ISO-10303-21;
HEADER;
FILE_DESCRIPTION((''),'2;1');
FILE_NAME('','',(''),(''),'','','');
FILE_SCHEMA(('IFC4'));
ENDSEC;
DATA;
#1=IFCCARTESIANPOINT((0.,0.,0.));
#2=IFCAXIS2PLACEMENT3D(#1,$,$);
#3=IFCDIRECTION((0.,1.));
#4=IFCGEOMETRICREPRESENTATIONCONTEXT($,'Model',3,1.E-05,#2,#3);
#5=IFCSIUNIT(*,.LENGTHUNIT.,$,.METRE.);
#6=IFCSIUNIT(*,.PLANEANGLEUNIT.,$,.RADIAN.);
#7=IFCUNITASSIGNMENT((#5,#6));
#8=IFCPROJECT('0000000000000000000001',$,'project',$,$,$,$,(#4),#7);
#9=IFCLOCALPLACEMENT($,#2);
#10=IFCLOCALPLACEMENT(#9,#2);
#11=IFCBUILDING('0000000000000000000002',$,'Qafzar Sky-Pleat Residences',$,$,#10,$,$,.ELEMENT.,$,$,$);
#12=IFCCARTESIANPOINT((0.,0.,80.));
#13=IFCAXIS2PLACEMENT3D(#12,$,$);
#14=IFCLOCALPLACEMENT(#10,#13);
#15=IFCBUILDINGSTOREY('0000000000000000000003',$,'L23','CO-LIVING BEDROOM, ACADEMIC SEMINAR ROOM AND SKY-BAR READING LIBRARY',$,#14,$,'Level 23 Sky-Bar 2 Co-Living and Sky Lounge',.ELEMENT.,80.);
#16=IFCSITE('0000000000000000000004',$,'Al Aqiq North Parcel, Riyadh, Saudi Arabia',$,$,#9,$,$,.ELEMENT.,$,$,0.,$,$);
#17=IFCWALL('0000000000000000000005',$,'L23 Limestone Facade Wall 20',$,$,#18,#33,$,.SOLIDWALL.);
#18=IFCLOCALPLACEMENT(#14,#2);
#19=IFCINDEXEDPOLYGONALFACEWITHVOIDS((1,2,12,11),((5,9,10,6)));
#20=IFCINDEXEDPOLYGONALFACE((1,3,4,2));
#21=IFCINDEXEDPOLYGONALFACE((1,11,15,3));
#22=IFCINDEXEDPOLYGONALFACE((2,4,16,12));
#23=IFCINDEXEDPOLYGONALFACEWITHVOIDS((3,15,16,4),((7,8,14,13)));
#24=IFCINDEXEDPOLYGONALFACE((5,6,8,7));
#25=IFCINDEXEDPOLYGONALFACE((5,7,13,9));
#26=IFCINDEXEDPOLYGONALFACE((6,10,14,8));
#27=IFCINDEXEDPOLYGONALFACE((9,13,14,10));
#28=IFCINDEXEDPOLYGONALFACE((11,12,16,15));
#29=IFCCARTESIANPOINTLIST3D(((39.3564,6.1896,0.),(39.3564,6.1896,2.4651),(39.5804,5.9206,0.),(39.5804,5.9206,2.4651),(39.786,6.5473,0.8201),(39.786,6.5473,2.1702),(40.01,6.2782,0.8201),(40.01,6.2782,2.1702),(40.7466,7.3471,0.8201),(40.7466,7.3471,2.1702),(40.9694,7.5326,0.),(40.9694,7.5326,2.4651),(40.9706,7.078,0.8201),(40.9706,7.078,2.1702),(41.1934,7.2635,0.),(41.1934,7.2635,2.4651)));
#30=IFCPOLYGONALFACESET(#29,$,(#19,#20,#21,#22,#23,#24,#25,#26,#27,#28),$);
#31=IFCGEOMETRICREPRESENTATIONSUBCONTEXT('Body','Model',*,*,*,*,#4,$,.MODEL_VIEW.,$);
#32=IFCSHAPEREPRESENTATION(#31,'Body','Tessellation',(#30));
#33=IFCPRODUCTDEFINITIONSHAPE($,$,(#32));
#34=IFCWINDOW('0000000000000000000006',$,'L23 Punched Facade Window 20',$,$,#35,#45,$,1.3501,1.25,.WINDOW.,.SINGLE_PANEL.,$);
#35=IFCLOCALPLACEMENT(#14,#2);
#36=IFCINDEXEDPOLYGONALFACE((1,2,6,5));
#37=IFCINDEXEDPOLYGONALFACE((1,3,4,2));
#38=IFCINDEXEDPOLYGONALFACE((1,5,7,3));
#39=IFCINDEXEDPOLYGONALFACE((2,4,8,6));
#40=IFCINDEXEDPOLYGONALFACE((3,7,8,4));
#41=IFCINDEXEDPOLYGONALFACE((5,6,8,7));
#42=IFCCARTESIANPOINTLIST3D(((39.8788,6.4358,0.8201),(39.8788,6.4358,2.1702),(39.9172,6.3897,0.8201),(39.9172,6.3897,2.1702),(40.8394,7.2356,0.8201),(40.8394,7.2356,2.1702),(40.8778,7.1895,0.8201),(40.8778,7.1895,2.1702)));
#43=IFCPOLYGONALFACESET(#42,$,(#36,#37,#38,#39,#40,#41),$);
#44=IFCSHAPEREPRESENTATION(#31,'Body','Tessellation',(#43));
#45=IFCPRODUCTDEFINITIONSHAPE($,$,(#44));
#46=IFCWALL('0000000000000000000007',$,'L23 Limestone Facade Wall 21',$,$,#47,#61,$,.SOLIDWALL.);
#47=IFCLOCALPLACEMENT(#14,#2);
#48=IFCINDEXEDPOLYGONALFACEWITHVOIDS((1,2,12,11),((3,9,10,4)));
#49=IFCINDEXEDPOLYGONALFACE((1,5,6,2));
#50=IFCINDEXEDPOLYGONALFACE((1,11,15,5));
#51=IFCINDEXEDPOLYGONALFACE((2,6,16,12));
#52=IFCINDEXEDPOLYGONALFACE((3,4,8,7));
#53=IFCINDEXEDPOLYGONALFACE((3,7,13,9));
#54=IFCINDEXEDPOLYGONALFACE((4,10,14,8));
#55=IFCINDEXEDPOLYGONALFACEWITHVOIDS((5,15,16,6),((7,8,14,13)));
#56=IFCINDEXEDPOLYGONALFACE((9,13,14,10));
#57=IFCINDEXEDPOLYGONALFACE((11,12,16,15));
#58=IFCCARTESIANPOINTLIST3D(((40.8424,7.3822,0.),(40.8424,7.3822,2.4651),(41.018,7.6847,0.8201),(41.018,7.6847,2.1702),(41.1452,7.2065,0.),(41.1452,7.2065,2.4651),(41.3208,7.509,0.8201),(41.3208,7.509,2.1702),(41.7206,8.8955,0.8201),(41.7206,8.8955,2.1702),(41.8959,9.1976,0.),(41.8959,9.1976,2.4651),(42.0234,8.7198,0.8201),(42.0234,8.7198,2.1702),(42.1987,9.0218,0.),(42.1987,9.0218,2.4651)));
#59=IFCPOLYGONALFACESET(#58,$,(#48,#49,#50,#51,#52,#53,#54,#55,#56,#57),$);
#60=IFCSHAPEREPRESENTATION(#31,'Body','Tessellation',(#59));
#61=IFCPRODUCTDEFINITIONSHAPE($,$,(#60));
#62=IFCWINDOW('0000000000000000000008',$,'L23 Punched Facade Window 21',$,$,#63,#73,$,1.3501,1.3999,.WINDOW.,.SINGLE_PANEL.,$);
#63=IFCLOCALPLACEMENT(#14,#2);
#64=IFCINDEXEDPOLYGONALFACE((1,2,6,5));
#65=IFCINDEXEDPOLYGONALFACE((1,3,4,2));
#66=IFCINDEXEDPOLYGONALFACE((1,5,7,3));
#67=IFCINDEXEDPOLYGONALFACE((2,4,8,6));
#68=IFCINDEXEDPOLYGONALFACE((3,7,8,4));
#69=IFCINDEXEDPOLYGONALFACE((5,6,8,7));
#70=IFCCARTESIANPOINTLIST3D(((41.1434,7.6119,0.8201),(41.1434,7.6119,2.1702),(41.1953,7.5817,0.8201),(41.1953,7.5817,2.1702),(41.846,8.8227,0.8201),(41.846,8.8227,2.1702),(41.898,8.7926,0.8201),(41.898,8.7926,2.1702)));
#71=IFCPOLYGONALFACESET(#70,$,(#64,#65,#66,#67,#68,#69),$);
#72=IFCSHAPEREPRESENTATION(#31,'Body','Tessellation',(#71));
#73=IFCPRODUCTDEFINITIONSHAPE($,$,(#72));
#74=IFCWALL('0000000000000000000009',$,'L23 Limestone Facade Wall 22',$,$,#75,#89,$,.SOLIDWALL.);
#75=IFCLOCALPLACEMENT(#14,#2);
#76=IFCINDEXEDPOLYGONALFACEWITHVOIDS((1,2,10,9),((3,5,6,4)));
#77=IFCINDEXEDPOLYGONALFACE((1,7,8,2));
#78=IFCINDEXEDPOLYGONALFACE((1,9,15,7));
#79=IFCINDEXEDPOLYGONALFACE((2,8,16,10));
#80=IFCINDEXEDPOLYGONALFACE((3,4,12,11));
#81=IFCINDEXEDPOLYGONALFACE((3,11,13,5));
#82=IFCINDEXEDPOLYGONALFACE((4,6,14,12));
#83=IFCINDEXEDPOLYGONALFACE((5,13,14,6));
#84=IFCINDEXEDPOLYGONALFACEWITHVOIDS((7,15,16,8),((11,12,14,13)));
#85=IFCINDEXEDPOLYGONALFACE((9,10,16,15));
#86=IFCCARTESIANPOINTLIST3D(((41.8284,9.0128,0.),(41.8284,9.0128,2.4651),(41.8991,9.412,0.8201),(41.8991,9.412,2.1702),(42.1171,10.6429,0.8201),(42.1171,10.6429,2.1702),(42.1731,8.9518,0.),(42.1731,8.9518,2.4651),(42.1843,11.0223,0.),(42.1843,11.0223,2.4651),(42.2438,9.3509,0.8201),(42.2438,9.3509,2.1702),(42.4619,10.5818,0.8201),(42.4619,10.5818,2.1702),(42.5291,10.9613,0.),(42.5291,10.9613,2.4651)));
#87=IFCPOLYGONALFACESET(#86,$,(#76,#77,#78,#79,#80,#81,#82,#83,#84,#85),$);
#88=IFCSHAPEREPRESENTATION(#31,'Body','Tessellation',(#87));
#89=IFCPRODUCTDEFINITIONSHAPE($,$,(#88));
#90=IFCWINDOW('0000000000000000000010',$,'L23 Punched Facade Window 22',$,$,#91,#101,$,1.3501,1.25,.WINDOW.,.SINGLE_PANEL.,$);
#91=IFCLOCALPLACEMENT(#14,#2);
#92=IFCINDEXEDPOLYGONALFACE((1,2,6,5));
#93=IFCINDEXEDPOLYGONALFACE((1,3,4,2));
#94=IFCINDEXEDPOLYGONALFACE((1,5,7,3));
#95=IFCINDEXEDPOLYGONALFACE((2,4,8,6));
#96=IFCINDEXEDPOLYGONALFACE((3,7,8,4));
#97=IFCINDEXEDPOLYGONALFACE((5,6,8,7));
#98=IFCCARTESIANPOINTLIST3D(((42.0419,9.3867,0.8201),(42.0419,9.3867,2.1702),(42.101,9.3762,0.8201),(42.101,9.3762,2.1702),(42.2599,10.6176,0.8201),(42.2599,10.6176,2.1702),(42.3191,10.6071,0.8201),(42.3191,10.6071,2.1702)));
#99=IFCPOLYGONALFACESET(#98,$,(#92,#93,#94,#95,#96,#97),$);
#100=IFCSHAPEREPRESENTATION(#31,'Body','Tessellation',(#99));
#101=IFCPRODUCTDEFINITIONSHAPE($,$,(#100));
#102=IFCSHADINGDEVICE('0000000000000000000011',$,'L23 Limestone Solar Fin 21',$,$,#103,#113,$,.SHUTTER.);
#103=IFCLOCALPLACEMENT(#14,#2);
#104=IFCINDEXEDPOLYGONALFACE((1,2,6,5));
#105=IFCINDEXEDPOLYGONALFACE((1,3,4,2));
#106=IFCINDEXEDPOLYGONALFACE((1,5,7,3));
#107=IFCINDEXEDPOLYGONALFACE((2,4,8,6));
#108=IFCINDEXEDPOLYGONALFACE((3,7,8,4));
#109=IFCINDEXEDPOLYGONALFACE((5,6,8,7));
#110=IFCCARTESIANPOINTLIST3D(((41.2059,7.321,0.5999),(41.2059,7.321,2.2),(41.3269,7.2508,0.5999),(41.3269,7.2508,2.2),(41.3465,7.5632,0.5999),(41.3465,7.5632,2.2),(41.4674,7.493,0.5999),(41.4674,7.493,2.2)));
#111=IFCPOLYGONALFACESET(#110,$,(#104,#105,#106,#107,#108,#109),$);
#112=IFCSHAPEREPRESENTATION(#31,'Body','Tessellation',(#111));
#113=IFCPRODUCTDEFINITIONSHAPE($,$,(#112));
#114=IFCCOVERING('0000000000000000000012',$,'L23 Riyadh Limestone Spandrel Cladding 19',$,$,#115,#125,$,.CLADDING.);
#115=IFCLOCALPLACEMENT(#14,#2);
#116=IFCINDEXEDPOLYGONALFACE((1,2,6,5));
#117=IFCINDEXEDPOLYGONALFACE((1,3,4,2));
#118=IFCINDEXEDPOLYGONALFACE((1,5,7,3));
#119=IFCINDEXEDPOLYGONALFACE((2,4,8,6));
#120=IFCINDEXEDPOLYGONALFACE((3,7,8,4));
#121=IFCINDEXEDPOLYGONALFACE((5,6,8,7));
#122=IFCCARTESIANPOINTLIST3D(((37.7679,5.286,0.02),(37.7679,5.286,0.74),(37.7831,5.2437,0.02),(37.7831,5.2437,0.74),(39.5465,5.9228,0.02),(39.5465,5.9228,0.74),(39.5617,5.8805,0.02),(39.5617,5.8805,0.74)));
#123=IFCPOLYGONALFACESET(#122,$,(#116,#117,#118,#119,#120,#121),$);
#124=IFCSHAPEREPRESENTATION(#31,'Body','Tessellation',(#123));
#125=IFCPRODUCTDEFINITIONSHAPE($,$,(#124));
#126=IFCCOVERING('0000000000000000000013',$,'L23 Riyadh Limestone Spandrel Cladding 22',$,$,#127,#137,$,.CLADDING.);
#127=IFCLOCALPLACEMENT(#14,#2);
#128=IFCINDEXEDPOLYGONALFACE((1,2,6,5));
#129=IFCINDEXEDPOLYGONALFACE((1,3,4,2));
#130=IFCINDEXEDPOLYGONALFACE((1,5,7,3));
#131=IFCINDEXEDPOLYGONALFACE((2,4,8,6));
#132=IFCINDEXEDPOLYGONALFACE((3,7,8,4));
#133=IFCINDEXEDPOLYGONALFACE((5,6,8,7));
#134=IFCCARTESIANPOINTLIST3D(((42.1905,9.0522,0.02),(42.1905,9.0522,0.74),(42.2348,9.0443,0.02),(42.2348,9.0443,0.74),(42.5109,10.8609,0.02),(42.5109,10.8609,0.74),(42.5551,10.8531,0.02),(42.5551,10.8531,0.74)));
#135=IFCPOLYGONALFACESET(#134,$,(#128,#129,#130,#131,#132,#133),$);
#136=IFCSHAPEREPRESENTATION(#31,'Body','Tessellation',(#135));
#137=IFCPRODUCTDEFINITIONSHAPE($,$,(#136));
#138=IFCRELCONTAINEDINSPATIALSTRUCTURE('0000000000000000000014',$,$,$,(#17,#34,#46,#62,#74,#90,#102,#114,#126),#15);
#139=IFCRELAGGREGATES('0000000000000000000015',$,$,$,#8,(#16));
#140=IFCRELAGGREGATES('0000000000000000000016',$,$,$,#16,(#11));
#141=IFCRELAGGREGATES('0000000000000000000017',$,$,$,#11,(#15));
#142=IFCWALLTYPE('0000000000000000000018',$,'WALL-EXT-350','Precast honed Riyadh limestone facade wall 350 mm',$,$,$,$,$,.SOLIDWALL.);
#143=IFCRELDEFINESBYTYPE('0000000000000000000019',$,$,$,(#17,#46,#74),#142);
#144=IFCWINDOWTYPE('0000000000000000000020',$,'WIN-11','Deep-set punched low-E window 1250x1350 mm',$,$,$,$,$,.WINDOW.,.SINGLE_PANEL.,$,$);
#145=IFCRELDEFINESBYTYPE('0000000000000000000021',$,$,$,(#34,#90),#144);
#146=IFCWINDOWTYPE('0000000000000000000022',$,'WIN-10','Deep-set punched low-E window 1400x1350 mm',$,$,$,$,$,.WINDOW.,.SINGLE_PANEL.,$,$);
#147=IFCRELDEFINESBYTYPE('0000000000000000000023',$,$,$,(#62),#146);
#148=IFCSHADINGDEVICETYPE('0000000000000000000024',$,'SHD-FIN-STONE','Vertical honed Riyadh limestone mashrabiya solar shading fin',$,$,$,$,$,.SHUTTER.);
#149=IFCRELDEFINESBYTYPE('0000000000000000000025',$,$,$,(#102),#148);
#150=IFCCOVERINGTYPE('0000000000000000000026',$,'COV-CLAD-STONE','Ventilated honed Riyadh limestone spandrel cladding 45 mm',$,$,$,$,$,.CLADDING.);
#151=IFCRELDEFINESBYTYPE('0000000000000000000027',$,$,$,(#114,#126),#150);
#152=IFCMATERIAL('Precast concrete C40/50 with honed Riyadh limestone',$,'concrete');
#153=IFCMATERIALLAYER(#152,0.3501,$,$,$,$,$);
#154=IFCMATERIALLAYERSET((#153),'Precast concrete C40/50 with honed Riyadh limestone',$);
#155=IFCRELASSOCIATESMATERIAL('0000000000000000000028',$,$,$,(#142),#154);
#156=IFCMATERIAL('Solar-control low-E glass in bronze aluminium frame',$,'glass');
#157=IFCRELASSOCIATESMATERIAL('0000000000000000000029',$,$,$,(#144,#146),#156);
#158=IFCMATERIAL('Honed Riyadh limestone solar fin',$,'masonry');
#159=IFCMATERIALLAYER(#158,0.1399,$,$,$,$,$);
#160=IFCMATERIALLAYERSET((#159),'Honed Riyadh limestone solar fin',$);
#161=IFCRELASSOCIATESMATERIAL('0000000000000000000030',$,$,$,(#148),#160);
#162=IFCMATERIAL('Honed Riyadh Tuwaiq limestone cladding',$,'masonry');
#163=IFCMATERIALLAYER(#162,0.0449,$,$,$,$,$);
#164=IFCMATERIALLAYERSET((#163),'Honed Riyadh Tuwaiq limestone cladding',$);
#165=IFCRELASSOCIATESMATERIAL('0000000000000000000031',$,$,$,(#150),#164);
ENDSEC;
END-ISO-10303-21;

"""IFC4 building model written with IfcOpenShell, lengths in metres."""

from ifc_helpers import new_model, si_unit, direction, frame, frame_2d, origin, origin_2d, place, context, subcontext, project, spatial, rectangle, extrude, source, transform, mapped, material, layer, layer_set, type_object, element, fill, save


model = new_model("IFC4")

# Units and contexts
model_context = context("Model", 3, precision=1e-05, world=origin(), true_north=direction((0.0, 1.0)))
body_context = subcontext(model_context, "Body", "Model", "MODEL_VIEW")
ifc_project = project(units=[si_unit("LENGTHUNIT", "METRE"), si_unit("PLANEANGLEUNIT", "RADIAN")], contexts=[model_context])

# Site, building, storey
site_placement = place(None, origin())
site = spatial("IfcSite", under=ifc_project, at=site_placement, Name="Al Aqiq North Parcel, Riyadh, Saudi Arabia", CompositionType="ELEMENT", RefElevation=0.0)
building_placement = place(site_placement, origin())
building = spatial("IfcBuilding", under=site, at=building_placement, Name="Qafzar Sky-Pleat Residences", CompositionType="ELEMENT")
storey_placement = place(building_placement, frame((0.0, 0.0, 80.0)))
storey = spatial("IfcBuildingStorey", under=building, at=storey_placement, Name="L23", Description="CO-LIVING BEDROOM, ACADEMIC SEMINAR ROOM AND SKY-BAR READING LIBRARY", LongName="Level 23 Sky-Bar 2 Co-Living and Sky Lounge", CompositionType="ELEMENT", Elevation=80.0)

# Walls, openings, windows
ifc_material_1 = material(Name="Precast concrete C40/50 with honed Riyadh limestone", Category="concrete")
ifc_layer_1 = layer(ifc_material_1, 0.3501)
ifc_layer_set_1 = layer_set([ifc_layer_1], Name="Precast concrete C40/50 with honed Riyadh limestone")
wall_type_1 = type_object("IfcWallType", Name="WALL-EXT-350", Description="Precast honed Riyadh limestone facade wall 350 mm", PredefinedType="SOLIDWALL", material=ifc_layer_set_1)
ifc_material_2 = material(Name="Solar-control low-E glass in bronze aluminium frame", Category="glass")
wall_1_placement = place(storey_placement, frame((39.4685, 6.0552, 0.0), z_axis=(0.0, 0.0, 1.0), x_axis=(0.768498, 0.639853, 0.0)))
wall_1 = element("IfcWall", 1, at=wall_1_placement, inside=storey, type_object=wall_type_1, Name="L23 Limestone Facade Wall 20", PredefinedType="SOLIDWALL", context=body_context, shape_type="SweptSolid", body=[
    extrude(rectangle(XDim=2.0989, YDim=0.3501, at=frame_2d((1.0493, 0.0))), origin(), (0.0, 0.0, 1.0), 2.4651),
])
opening_1_placement = place(wall_1_placement, frame((0.5588, 0.0, 0.8201)))
opening_1 = element("IfcOpeningElement", 2, at=opening_1_placement, cuts=wall_1, PredefinedType="OPENING", context=body_context, shape_type="SweptSolid", body=[
    extrude(rectangle(XDim=1.25, YDim=1.3501, at=frame_2d((0.625, 0.675))), frame((0.0, 0.1851, 0.0), z_axis=(0.0, -1.0, 0.0), x_axis=(1.0, 0.0, 0.0)), (0.0, 0.0, 1.0), 0.3701),
])
window_type_1 = type_object("IfcWindowType", Name="WIN-11", Description="Deep-set punched low-E window 1250x1350 mm", PartitioningType="SINGLE_PANEL", PredefinedType="WINDOW", material=ifc_material_2)
shared_shape_1 = source(origin(), body_context, "Body", "SweptSolid", [
    extrude(rectangle(XDim=1.25, YDim=1.3501, at=frame_2d((0.625, 0.675))), frame((0.0, 0.03, 0.0), z_axis=(0.0, -1.0, 0.0), x_axis=(1.0, 0.0, 0.0)), (0.0, 0.0, 1.0), 0.0601),
])
window_1_placement = place(opening_1_placement, origin())
window_1 = element("IfcWindow", 3, at=window_1_placement, inside=storey, type_object=window_type_1, Name="L23 Punched Facade Window 20", OverallHeight=1.3501, OverallWidth=1.25, PartitioningType="SINGLE_PANEL", PredefinedType="WINDOW", context=body_context, shape_type="MappedRepresentation", body=[
    mapped(shared_shape_1, transform((0.0, 0.0, 0.0), x_axis=(1.0, 0.0, 0.0), y_axis=(0.0, 1.0, 0.0), z_axis=(0.0, 0.0, 1.0), scale=1.0)),
])
fill(opening_1, window_1)
wall_2_placement = place(storey_placement, frame((40.9939, 7.2944, 0.0), z_axis=(0.0, 0.0, 1.0), x_axis=(0.501903, 0.864924, 0.0)))
wall_2 = element("IfcWall", 4, at=wall_2_placement, inside=storey, type_object=wall_type_1, Name="L23 Limestone Facade Wall 21", PredefinedType="SOLIDWALL", context=body_context, shape_type="SweptSolid", body=[
    extrude(rectangle(XDim=2.0989, YDim=0.3501, at=frame_2d((1.0493, 0.0))), origin(), (0.0, 0.0, 1.0), 2.4651),
])
opening_2_placement = place(wall_2_placement, frame((0.3496, 0.0, 0.8201)))
opening_2 = element("IfcOpeningElement", 5, at=opening_2_placement, cuts=wall_2, PredefinedType="OPENING", context=body_context, shape_type="SweptSolid", body=[
    extrude(rectangle(XDim=1.3999, YDim=1.3501, at=frame_2d((0.7, 0.675))), frame((0.0, 0.1851, 0.0), z_axis=(0.0, -1.0, 0.0), x_axis=(1.0, 0.0, 0.0)), (0.0, 0.0, 1.0), 0.3701),
])
window_type_2 = type_object("IfcWindowType", Name="WIN-10", Description="Deep-set punched low-E window 1400x1350 mm", PartitioningType="SINGLE_PANEL", PredefinedType="WINDOW", material=ifc_material_2)
shared_shape_2 = source(origin(), body_context, "Body", "SweptSolid", [
    extrude(rectangle(XDim=1.3999, YDim=1.3501, at=frame_2d((0.7, 0.675))), frame((0.0, 0.03, 0.0), z_axis=(0.0, -1.0, 0.0), x_axis=(1.0, 0.0, 0.0)), (0.0, 0.0, 1.0), 0.0601),
])
window_2_placement = place(opening_2_placement, origin())
window_2 = element("IfcWindow", 6, at=window_2_placement, inside=storey, type_object=window_type_2, Name="L23 Punched Facade Window 21", OverallHeight=1.3501, OverallWidth=1.3999, PartitioningType="SINGLE_PANEL", PredefinedType="WINDOW", context=body_context, shape_type="MappedRepresentation", body=[
    mapped(shared_shape_2, transform((0.0, 0.0, 0.0), x_axis=(1.0, 0.0, 0.0), y_axis=(0.0, 1.0, 0.0), z_axis=(0.0, 0.0, 1.0), scale=1.0)),
])
fill(opening_2, window_2)
wall_3_placement = place(storey_placement, frame((42.0007, 8.9822, 0.0), z_axis=(0.0, 0.0, 1.0), x_axis=(0.17442, 0.984671, 0.0)))
wall_3 = element("IfcWall", 7, at=wall_3_placement, inside=storey, type_object=wall_type_1, Name="L23 Limestone Facade Wall 22", PredefinedType="SOLIDWALL", context=body_context, shape_type="SweptSolid", body=[
    extrude(rectangle(XDim=2.0408, YDim=0.3501, at=frame_2d((1.0205, 0.0))), origin(), (0.0, 0.0, 1.0), 2.4651),
])
opening_3_placement = place(wall_3_placement, frame((0.4055, 0.0, 0.8201)))
opening_3 = element("IfcOpeningElement", 8, at=opening_3_placement, cuts=wall_3, PredefinedType="OPENING", context=body_context, shape_type="SweptSolid", body=[
    extrude(rectangle(XDim=1.25, YDim=1.3501, at=frame_2d((0.625, 0.675))), frame((0.0, 0.1851, 0.0), z_axis=(0.0, -1.0, 0.0), x_axis=(1.0, 0.0, 0.0)), (0.0, 0.0, 1.0), 0.3701),
])
window_3_placement = place(opening_3_placement, origin())
window_3 = element("IfcWindow", 9, at=window_3_placement, inside=storey, type_object=window_type_1, Name="L23 Punched Facade Window 22", OverallHeight=1.3501, OverallWidth=1.25, PartitioningType="SINGLE_PANEL", PredefinedType="WINDOW", context=body_context, shape_type="MappedRepresentation", body=[
    mapped(shared_shape_1, transform((0.0, 0.0, 0.0), x_axis=(1.0, 0.0, 0.0), y_axis=(0.0, 1.0, 0.0), z_axis=(0.0, 0.0, 1.0), scale=1.0)),
])
fill(opening_3, window_3)

# Shading device
ifc_material_3 = material(Name="Honed Riyadh limestone solar fin", Category="masonry")
ifc_layer_2 = layer(ifc_material_3, 0.1399)
ifc_layer_set_2 = layer_set([ifc_layer_2], Name="Honed Riyadh limestone solar fin")
shading_device_type = type_object("IfcShadingDeviceType", Name="SHD-FIN-STONE", Description="Vertical honed Riyadh limestone mashrabiya solar shading fin", PredefinedType="SHUTTER", material=ifc_layer_set_2)
shared_shape_3 = source(origin(), body_context, "Body", "SweptSolid", [
    extrude(rectangle(XDim=0.1399, YDim=0.28, at=origin_2d()), origin(), (0.0, 0.0, 1.0), 1.6001),
])
shading_device_placement = place(storey_placement, frame((41.3367, 7.407, 0.5999), z_axis=(0.0, 0.0, 1.0), x_axis=(0.864908, -0.50193, 0.0)))
element("IfcShadingDevice", 10, at=shading_device_placement, inside=storey, type_object=shading_device_type, Name="L23 Limestone Solar Fin 21", PredefinedType="SHUTTER", context=body_context, shape_type="MappedRepresentation", body=[
    mapped(shared_shape_3, transform((0.0, 0.0, 0.0), x_axis=(1.0, 0.0, 0.0), y_axis=(0.0, 1.0, 0.0), z_axis=(0.0, 0.0, 1.0), scale=1.0)),
])

# Coverings
ifc_material_4 = material(Name="Honed Riyadh Tuwaiq limestone cladding", Category="masonry")
ifc_layer_3 = layer(ifc_material_4, 0.0449)
ifc_layer_set_3 = layer_set([ifc_layer_3], Name="Honed Riyadh Tuwaiq limestone cladding")
covering_type = type_object("IfcCoveringType", Name="COV-CLAD-STONE", Description="Ventilated honed Riyadh limestone spandrel cladding 45 mm", PredefinedType="CLADDING", material=ifc_layer_set_3)
shared_shape_4 = source(origin(), body_context, "Body", "SweptSolid", [
    extrude(rectangle(XDim=1.8892, YDim=0.0449, at=origin_2d()), origin(), (0.0, 0.0, 1.0), 0.72),
])
covering_1_placement = place(storey_placement, frame((38.6648, 5.5833, 0.02), z_axis=(0.0, 0.0, 1.0), x_axis=(0.941468, 0.337103, 0.0)))
element("IfcCovering", 11, at=covering_1_placement, inside=storey, type_object=covering_type, Name="L23 Riyadh Limestone Spandrel Cladding 19", PredefinedType="CLADDING", context=body_context, shape_type="MappedRepresentation", body=[
    mapped(shared_shape_4, transform((0.0, 0.0, 0.0), x_axis=(1.0, 0.0, 0.0), y_axis=(0.0, 1.0, 0.0), z_axis=(0.0, 0.0, 1.0), scale=1.0)),
])
shared_shape_5 = source(origin(), body_context, "Body", "SweptSolid", [
    extrude(rectangle(XDim=1.8369, YDim=0.0449, at=origin_2d()), origin(), (0.0, 0.0, 1.0), 0.72),
])
covering_2_placement = place(storey_placement, frame((42.3728, 9.9526, 0.02), z_axis=(0.0, 0.0, 1.0), x_axis=(0.174386, 0.984677, 0.0)))
element("IfcCovering", 12, at=covering_2_placement, inside=storey, type_object=covering_type, Name="L23 Riyadh Limestone Spandrel Cladding 22", PredefinedType="CLADDING", context=body_context, shape_type="MappedRepresentation", body=[
    mapped(shared_shape_5, transform((0.0, 0.0, 0.0), x_axis=(1.0, 0.0, 0.0), y_axis=(0.0, 1.0, 0.0), z_axis=(0.0, 0.0, 1.0), scale=1.0)),
])

save(model, "model.ifc")
